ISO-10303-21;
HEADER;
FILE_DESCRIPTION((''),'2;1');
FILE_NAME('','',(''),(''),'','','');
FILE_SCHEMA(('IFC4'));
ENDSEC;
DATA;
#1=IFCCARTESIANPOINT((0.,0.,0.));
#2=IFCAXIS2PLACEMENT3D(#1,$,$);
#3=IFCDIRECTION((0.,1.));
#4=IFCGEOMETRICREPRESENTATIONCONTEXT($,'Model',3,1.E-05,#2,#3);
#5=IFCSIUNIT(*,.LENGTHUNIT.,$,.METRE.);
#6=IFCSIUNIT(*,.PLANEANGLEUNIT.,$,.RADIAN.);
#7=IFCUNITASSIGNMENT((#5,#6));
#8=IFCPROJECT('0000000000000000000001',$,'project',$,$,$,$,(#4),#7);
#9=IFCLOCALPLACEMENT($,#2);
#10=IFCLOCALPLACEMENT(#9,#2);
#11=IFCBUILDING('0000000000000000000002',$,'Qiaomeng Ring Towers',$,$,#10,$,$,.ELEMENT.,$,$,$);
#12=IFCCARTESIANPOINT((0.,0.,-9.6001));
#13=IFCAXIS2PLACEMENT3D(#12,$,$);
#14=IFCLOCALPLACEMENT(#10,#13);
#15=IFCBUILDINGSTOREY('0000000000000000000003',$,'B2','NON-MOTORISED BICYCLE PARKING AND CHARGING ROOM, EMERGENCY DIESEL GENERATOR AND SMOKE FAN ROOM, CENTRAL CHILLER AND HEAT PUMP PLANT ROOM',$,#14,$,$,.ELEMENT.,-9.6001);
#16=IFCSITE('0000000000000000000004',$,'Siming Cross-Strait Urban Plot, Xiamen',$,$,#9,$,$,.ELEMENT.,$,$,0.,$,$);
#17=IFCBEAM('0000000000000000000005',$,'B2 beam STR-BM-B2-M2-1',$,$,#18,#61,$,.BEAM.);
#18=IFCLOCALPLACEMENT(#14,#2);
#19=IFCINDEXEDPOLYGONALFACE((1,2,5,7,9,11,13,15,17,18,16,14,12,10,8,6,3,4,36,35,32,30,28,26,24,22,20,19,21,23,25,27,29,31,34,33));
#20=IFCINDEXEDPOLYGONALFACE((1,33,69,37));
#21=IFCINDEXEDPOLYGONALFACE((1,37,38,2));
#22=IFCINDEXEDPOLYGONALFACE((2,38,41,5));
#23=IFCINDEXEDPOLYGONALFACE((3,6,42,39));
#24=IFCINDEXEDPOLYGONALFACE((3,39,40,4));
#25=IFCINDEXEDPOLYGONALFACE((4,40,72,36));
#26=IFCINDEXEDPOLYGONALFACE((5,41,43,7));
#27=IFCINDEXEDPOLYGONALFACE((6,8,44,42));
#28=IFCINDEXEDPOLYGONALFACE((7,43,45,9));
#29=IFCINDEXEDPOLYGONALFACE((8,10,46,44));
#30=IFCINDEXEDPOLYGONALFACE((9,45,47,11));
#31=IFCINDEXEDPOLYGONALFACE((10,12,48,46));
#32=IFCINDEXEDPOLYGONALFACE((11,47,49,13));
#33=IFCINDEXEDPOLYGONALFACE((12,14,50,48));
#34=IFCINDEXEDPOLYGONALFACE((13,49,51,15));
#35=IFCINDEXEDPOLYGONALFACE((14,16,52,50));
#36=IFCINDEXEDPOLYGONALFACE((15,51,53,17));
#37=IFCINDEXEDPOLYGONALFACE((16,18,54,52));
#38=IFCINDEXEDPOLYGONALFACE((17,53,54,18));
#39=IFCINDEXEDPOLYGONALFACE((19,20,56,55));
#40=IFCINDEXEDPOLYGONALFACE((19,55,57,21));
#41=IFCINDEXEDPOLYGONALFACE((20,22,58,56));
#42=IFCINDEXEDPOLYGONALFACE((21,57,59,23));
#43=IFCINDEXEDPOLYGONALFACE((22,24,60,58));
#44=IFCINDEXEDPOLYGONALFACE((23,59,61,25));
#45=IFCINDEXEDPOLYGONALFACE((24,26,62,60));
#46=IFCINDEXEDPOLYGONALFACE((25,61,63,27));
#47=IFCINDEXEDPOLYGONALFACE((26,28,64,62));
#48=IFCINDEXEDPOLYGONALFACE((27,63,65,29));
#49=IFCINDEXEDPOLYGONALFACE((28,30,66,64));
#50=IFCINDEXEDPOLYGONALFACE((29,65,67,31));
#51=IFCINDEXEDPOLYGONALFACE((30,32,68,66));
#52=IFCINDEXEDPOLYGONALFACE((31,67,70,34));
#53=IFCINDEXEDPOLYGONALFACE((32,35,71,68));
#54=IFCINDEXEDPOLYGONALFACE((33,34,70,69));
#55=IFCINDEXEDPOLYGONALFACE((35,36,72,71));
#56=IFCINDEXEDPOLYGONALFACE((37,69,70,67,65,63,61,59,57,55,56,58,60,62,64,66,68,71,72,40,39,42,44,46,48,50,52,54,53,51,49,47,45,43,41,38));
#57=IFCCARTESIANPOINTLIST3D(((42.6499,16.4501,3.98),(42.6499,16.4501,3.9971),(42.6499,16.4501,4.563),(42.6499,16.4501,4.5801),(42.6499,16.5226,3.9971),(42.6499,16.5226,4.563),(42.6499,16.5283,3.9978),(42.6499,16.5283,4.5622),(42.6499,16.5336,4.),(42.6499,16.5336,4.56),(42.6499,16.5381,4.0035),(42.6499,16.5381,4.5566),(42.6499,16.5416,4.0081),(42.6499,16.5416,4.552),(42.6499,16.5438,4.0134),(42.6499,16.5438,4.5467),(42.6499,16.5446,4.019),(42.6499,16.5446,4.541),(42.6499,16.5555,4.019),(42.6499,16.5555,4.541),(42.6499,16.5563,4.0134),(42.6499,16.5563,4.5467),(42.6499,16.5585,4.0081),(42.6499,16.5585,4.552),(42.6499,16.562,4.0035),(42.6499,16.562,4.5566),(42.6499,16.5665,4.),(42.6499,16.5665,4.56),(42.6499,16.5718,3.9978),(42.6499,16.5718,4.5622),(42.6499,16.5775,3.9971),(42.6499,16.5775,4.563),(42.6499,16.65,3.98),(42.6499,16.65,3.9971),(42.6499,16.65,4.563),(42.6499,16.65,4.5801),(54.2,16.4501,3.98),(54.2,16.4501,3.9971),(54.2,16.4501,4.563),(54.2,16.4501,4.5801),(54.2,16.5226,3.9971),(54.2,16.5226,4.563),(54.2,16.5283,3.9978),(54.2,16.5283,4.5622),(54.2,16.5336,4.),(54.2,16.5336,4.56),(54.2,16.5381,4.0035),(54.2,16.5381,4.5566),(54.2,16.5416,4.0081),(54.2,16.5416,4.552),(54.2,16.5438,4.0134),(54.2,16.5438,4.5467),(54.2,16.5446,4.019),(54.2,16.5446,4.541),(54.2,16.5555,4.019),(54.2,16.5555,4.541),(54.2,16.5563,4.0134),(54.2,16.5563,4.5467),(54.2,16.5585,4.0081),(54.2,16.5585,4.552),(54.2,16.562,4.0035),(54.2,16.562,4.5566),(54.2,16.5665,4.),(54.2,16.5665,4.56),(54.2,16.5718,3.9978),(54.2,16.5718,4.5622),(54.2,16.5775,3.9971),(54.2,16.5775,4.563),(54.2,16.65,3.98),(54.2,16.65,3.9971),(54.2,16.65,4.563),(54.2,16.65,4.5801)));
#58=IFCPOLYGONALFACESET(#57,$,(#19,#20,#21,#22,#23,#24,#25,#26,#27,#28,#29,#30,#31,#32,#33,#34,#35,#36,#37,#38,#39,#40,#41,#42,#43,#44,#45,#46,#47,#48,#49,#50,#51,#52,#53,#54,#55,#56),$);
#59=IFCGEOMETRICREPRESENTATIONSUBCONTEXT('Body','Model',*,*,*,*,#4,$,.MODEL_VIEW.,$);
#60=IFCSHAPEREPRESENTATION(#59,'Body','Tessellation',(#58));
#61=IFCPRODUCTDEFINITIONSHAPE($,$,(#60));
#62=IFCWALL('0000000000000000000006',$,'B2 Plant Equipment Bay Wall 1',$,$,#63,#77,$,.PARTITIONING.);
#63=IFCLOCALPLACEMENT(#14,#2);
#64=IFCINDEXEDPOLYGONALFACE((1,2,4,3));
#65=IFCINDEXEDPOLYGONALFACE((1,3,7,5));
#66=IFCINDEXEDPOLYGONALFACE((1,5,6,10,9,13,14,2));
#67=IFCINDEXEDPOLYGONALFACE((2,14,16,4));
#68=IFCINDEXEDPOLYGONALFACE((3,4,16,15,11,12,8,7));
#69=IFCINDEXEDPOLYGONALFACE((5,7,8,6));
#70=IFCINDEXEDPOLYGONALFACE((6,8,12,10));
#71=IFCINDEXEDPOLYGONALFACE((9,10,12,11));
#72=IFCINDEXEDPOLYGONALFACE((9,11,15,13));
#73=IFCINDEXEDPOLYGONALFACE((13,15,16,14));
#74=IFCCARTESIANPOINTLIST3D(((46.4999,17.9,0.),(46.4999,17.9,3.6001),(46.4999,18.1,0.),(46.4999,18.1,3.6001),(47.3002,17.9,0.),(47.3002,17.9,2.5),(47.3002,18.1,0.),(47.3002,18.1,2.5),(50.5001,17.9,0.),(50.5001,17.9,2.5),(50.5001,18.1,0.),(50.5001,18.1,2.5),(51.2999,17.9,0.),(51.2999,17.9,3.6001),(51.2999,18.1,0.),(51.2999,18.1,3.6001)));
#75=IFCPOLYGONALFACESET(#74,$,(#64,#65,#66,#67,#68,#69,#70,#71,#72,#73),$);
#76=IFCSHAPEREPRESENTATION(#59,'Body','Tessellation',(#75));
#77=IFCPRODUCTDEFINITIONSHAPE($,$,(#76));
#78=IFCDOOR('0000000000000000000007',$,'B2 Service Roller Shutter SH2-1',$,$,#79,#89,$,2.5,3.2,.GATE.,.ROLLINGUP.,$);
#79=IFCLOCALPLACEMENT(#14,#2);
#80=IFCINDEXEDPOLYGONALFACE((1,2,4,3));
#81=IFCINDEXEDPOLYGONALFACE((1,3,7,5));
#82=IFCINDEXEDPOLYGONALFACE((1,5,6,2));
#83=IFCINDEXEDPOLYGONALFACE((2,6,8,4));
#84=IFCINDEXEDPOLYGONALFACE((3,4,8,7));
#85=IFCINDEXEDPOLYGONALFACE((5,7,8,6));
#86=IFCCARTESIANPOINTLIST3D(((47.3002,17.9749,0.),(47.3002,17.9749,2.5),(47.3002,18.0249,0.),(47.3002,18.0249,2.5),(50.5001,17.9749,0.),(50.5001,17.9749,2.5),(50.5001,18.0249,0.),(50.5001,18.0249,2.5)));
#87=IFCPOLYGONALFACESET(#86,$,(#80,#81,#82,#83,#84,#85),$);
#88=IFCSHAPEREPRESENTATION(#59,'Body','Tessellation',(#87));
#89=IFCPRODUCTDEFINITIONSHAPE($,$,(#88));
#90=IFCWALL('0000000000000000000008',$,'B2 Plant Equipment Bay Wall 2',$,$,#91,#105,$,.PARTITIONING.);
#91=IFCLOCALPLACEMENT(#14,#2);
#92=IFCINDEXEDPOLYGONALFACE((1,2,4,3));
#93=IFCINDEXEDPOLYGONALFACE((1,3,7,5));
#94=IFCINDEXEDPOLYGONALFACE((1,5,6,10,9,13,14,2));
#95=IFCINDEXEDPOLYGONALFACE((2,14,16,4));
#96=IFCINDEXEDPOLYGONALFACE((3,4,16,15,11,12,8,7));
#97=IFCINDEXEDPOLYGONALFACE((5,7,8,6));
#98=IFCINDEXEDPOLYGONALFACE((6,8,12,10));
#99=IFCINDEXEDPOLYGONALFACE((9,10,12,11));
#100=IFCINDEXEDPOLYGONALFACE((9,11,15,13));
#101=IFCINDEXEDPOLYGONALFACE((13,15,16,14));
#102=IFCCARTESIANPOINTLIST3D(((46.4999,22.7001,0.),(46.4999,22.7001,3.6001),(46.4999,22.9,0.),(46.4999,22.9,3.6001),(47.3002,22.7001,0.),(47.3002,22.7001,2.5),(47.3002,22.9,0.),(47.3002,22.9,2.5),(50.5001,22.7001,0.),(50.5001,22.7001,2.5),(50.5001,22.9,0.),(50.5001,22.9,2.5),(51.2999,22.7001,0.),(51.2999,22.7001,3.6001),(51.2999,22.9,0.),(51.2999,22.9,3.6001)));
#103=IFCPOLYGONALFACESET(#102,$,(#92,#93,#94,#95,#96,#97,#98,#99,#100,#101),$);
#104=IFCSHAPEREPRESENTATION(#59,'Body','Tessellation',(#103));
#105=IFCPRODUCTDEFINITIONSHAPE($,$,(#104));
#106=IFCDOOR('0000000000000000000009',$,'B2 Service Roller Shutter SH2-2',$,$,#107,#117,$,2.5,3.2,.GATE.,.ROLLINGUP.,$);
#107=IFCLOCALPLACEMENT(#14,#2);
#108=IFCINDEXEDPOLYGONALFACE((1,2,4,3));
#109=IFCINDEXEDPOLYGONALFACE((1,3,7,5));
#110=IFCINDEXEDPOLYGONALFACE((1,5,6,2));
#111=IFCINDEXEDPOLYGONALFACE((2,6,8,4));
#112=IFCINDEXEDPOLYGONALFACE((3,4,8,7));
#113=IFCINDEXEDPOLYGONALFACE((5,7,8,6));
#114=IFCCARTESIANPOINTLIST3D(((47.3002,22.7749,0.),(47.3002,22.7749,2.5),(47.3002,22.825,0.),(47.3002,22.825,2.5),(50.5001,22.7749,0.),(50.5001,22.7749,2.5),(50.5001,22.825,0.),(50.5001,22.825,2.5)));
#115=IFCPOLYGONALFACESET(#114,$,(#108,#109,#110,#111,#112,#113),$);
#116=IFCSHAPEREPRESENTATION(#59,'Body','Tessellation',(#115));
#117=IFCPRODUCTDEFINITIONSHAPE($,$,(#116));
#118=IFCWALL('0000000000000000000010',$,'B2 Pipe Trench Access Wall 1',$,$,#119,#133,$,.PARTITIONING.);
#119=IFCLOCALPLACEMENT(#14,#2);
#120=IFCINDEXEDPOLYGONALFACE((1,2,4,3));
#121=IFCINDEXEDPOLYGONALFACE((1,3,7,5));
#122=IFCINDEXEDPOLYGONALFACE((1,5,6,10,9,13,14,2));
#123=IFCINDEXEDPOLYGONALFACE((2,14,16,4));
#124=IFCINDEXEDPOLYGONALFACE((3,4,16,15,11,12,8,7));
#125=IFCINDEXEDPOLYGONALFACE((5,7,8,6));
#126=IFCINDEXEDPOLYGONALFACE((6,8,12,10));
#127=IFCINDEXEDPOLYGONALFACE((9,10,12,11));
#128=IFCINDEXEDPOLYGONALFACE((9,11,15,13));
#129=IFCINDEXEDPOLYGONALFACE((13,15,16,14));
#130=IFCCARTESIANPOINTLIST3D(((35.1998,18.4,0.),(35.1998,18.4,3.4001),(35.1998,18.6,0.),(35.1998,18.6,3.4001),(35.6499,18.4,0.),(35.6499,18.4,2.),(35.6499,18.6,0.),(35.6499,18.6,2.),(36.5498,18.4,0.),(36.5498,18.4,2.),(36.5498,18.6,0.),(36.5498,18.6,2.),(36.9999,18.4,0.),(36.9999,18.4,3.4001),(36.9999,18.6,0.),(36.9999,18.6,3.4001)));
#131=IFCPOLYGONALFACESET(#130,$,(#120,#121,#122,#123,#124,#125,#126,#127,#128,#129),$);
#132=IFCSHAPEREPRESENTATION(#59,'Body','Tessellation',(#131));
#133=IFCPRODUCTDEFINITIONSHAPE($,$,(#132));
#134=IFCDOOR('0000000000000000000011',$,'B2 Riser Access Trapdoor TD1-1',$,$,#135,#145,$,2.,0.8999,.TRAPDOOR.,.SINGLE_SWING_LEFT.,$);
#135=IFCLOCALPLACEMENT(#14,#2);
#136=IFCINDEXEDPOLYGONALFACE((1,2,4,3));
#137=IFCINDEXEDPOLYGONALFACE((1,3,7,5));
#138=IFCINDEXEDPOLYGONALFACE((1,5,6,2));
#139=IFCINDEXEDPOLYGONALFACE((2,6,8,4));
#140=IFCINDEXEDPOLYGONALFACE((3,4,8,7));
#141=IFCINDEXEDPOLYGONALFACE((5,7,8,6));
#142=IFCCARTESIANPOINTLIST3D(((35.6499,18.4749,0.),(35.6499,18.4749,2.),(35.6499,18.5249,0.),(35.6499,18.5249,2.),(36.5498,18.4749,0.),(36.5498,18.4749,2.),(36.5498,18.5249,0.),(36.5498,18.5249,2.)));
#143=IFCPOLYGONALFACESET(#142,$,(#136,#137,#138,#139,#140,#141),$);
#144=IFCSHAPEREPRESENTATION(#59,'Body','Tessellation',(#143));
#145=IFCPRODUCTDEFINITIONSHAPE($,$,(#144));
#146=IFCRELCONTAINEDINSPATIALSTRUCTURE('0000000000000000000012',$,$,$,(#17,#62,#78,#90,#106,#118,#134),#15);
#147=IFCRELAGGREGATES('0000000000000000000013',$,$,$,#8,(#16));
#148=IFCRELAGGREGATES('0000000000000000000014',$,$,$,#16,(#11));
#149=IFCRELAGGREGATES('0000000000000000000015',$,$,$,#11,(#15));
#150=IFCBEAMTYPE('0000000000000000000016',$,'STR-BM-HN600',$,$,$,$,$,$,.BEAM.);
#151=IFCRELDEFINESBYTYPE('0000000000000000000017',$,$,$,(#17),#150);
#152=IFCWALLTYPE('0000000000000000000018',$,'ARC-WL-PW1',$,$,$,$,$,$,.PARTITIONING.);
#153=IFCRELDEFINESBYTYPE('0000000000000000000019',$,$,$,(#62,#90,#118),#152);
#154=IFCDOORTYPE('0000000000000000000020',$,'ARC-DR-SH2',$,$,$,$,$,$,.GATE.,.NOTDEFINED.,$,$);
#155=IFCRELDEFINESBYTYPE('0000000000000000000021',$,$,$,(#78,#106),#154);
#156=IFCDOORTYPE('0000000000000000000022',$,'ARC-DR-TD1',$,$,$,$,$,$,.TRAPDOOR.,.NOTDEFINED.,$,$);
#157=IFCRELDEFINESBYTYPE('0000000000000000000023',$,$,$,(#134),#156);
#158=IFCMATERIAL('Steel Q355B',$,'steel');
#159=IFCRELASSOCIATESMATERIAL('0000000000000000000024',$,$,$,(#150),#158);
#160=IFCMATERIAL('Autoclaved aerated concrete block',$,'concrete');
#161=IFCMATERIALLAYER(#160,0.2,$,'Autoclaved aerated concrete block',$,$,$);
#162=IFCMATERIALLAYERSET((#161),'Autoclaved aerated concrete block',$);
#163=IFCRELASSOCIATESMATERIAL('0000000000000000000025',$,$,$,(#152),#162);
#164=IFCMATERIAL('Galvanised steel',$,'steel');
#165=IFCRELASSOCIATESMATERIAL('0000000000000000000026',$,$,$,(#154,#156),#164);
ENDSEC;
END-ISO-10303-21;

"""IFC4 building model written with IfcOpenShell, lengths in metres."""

from ifc_helpers import new_model, si_unit, direction, frame, frame_2d, origin, origin_2d, place, context, subcontext, project, spatial, rectangle, i_section, extrude, source, transform, mapped, material, layer, layer_set, material_profile, profile_set, type_object, element, fill, save


model = new_model("IFC4")

# Units and contexts
model_context = context("Model", 3, precision=1e-05, world=origin(), true_north=direction((0.0, 1.0)))
body_context = subcontext(model_context, "Body", "Model", "MODEL_VIEW")
ifc_project = project(units=[si_unit("LENGTHUNIT", "METRE"), si_unit("PLANEANGLEUNIT", "RADIAN")], contexts=[model_context])

# Site, building, storey
site_placement = place(None, origin())
site = spatial("IfcSite", under=ifc_project, at=site_placement, Name="Siming Cross-Strait Urban Plot, Xiamen", CompositionType="ELEMENT", RefElevation=0.0)
building_placement = place(site_placement, origin())
building = spatial("IfcBuilding", under=site, at=building_placement, Name="Qiaomeng Ring Towers", CompositionType="ELEMENT")
storey_placement = place(building_placement, frame((0.0, 0.0, -9.6001)))
storey = spatial("IfcBuildingStorey", under=building, at=storey_placement, Name="B2", Description="NON-MOTORISED BICYCLE PARKING AND CHARGING ROOM, EMERGENCY DIESEL GENERATOR AND SMOKE FAN ROOM, CENTRAL CHILLER AND HEAT PUMP PLANT ROOM", CompositionType="ELEMENT", Elevation=-9.6001)

# Beam
ifc_material_1 = material(Name="Steel Q355B", Category="steel")
ifc_material_profile_1 = material_profile(ifc_material_1, i_section(OverallWidth=0.2, OverallDepth=0.6001, WebThickness=0.011, FlangeThickness=0.0171, FilletRadius=0.022, at=origin_2d()), Name="HN 600x200x11x17")
ifc_profile_set_1 = profile_set([ifc_material_profile_1], Name="Steel Q355B")
beam_type_1 = type_object("IfcBeamType", Name="STR-BM-HN600", PredefinedType="BEAM", material=ifc_profile_set_1)
shared_shape_1 = source(origin(), body_context, "Body", "SweptSolid", [
    extrude(i_section(OverallWidth=0.2, OverallDepth=0.6001, WebThickness=0.011, FlangeThickness=0.0171, FilletRadius=0.022, at=origin_2d()), origin(), (0.0, 0.0, 1.0), 11.55),
])
beam_1_placement = place(storey_placement, frame((42.6499, 16.55, 4.28), z_axis=(1.0, 0.0, 0.0), x_axis=(0.0, 1.0, 0.0)))
element("IfcBeam", 1, at=beam_1_placement, inside=storey, type_object=beam_type_1, Name="B2 beam STR-BM-B2-M2-1", PredefinedType="BEAM", context=body_context, shape_type="MappedRepresentation", body=[
    mapped(shared_shape_1, transform((0.0, 0.0, 0.0), x_axis=(1.0, 0.0, 0.0), y_axis=(0.0, 1.0, 0.0), z_axis=(0.0, 0.0, 1.0), scale=1.0)),
])

# Walls, openings, doors
ifc_material_2 = material(Name="Autoclaved aerated concrete block", Category="concrete")
ifc_layer_1 = layer(ifc_material_2, 0.2, Name="Autoclaved aerated concrete block")
ifc_layer_set_1 = layer_set([ifc_layer_1], Name="Autoclaved aerated concrete block")
wall_type_1 = type_object("IfcWallType", Name="ARC-WL-PW1", PredefinedType="PARTITIONING", material=ifc_layer_set_1)
wall_1_placement = place(storey_placement, frame((46.5, 18.0, 0.0), z_axis=(0.0, 0.0, 1.0), x_axis=(1.0, 0.0, 0.0)))
wall_1 = element("IfcWall", 2, at=wall_1_placement, inside=storey, type_object=wall_type_1, Name="B2 Plant Equipment Bay Wall 1", PredefinedType="PARTITIONING", context=body_context, shape_type="SweptSolid", body=[
    extrude(rectangle(XDim=4.8, YDim=0.2, at=frame_2d((2.3999, 0.0))), origin(), (0.0, 0.0, 1.0), 3.6001),
])
opening_1_placement = place(wall_1_placement, frame((0.8, 0.0, 0.0)))
opening_1 = element("IfcOpeningElement", 3, at=opening_1_placement, cuts=wall_1, PredefinedType="OPENING", context=body_context, shape_type="SweptSolid", body=[
    extrude(rectangle(XDim=3.2, YDim=2.5, at=frame_2d((1.6001, 1.25))), frame((0.0, 0.1099, 0.0), z_axis=(0.0, -1.0, 0.0), x_axis=(1.0, 0.0, 0.0)), (0.0, 0.0, 1.0), 0.22),
])
ifc_material_3 = material(Name="Galvanised steel", Category="steel")
door_type_1 = type_object("IfcDoorType", Name="ARC-DR-SH2", OperationType="NOTDEFINED", PredefinedType="GATE", material=ifc_material_3)
shared_shape_2 = source(origin(), body_context, "Body", "SweptSolid", [
    extrude(rectangle(XDim=3.2, YDim=2.5, at=frame_2d((1.6001, 1.25))), frame((0.0, 0.0249, 0.0), z_axis=(0.0, -1.0, 0.0), x_axis=(1.0, 0.0, 0.0)), (0.0, 0.0, 1.0), 0.05),
])
door_1_placement = place(opening_1_placement, origin())
door_1 = element("IfcDoor", 4, at=door_1_placement, inside=storey, type_object=door_type_1, Name="B2 Service Roller Shutter SH2-1", OperationType="ROLLINGUP", OverallHeight=2.5, OverallWidth=3.2, PredefinedType="GATE", context=body_context, shape_type="MappedRepresentation", body=[
    mapped(shared_shape_2, transform((0.0, 0.0, 0.0), x_axis=(1.0, 0.0, 0.0), y_axis=(0.0, 1.0, 0.0), z_axis=(0.0, 0.0, 1.0), scale=1.0)),
])
fill(opening_1, door_1)
wall_2_placement = place(storey_placement, frame((46.5, 22.8, 0.0), z_axis=(0.0, 0.0, 1.0), x_axis=(1.0, 0.0, 0.0)))
wall_2 = element("IfcWall", 5, at=wall_2_placement, inside=storey, type_object=wall_type_1, Name="B2 Plant Equipment Bay Wall 2", PredefinedType="PARTITIONING", context=body_context, shape_type="SweptSolid", body=[
    extrude(rectangle(XDim=4.8, YDim=0.2, at=frame_2d((2.3999, 0.0))), origin(), (0.0, 0.0, 1.0), 3.6001),
])
opening_2_placement = place(wall_2_placement, frame((0.8, 0.0, 0.0)))
opening_2 = element("IfcOpeningElement", 6, at=opening_2_placement, cuts=wall_2, PredefinedType="OPENING", context=body_context, shape_type="SweptSolid", body=[
    extrude(rectangle(XDim=3.2, YDim=2.5, at=frame_2d((1.6001, 1.25))), frame((0.0, 0.1099, 0.0), z_axis=(0.0, -1.0, 0.0), x_axis=(1.0, 0.0, 0.0)), (0.0, 0.0, 1.0), 0.22),
])
door_2_placement = place(opening_2_placement, origin())
door_2 = element("IfcDoor", 7, at=door_2_placement, inside=storey, type_object=door_type_1, Name="B2 Service Roller Shutter SH2-2", OperationType="ROLLINGUP", OverallHeight=2.5, OverallWidth=3.2, PredefinedType="GATE", context=body_context, shape_type="MappedRepresentation", body=[
    mapped(shared_shape_2, transform((0.0, 0.0, 0.0), x_axis=(1.0, 0.0, 0.0), y_axis=(0.0, 1.0, 0.0), z_axis=(0.0, 0.0, 1.0), scale=1.0)),
])
fill(opening_2, door_2)
wall_3_placement = place(storey_placement, frame((35.2, 18.5, 0.0), z_axis=(0.0, 0.0, 1.0), x_axis=(1.0, 0.0, 0.0)))
wall_3 = element("IfcWall", 8, at=wall_3_placement, inside=storey, type_object=wall_type_1, Name="B2 Pipe Trench Access Wall 1", PredefinedType="PARTITIONING", context=body_context, shape_type="SweptSolid", body=[
    extrude(rectangle(XDim=1.8, YDim=0.2, at=frame_2d((0.8999, 0.0))), origin(), (0.0, 0.0, 1.0), 3.4001),
])
opening_3_placement = place(wall_3_placement, frame((0.45, 0.0, 0.0)))
opening_3 = element("IfcOpeningElement", 9, at=opening_3_placement, cuts=wall_3, PredefinedType="OPENING", context=body_context, shape_type="SweptSolid", body=[
    extrude(rectangle(XDim=0.8999, YDim=2.0, at=frame_2d((0.45, 1.0))), frame((0.0, 0.1099, 0.0), z_axis=(0.0, -1.0, 0.0), x_axis=(1.0, 0.0, 0.0)), (0.0, 0.0, 1.0), 0.22),
])
door_type_2 = type_object("IfcDoorType", Name="ARC-DR-TD1", OperationType="NOTDEFINED", PredefinedType="TRAPDOOR", material=ifc_material_3)
shared_shape_3 = source(origin(), body_context, "Body", "SweptSolid", [
    extrude(rectangle(XDim=0.8999, YDim=2.0, at=frame_2d((0.45, 1.0))), frame((0.0, 0.0249, 0.0), z_axis=(0.0, -1.0, 0.0), x_axis=(1.0, 0.0, 0.0)), (0.0, 0.0, 1.0), 0.05),
])
door_3_placement = place(opening_3_placement, origin())
door_3 = element("IfcDoor", 10, at=door_3_placement, inside=storey, type_object=door_type_2, Name="B2 Riser Access Trapdoor TD1-1", OperationType="SINGLE_SWING_LEFT", OverallHeight=2.0, OverallWidth=0.8999, PredefinedType="TRAPDOOR", context=body_context, shape_type="MappedRepresentation", body=[
    mapped(shared_shape_3, transform((0.0, 0.0, 0.0), x_axis=(1.0, 0.0, 0.0), y_axis=(0.0, 1.0, 0.0), z_axis=(0.0, 0.0, 1.0), scale=1.0)),
])
fill(opening_3, door_3)

save(model, "model.ifc")
